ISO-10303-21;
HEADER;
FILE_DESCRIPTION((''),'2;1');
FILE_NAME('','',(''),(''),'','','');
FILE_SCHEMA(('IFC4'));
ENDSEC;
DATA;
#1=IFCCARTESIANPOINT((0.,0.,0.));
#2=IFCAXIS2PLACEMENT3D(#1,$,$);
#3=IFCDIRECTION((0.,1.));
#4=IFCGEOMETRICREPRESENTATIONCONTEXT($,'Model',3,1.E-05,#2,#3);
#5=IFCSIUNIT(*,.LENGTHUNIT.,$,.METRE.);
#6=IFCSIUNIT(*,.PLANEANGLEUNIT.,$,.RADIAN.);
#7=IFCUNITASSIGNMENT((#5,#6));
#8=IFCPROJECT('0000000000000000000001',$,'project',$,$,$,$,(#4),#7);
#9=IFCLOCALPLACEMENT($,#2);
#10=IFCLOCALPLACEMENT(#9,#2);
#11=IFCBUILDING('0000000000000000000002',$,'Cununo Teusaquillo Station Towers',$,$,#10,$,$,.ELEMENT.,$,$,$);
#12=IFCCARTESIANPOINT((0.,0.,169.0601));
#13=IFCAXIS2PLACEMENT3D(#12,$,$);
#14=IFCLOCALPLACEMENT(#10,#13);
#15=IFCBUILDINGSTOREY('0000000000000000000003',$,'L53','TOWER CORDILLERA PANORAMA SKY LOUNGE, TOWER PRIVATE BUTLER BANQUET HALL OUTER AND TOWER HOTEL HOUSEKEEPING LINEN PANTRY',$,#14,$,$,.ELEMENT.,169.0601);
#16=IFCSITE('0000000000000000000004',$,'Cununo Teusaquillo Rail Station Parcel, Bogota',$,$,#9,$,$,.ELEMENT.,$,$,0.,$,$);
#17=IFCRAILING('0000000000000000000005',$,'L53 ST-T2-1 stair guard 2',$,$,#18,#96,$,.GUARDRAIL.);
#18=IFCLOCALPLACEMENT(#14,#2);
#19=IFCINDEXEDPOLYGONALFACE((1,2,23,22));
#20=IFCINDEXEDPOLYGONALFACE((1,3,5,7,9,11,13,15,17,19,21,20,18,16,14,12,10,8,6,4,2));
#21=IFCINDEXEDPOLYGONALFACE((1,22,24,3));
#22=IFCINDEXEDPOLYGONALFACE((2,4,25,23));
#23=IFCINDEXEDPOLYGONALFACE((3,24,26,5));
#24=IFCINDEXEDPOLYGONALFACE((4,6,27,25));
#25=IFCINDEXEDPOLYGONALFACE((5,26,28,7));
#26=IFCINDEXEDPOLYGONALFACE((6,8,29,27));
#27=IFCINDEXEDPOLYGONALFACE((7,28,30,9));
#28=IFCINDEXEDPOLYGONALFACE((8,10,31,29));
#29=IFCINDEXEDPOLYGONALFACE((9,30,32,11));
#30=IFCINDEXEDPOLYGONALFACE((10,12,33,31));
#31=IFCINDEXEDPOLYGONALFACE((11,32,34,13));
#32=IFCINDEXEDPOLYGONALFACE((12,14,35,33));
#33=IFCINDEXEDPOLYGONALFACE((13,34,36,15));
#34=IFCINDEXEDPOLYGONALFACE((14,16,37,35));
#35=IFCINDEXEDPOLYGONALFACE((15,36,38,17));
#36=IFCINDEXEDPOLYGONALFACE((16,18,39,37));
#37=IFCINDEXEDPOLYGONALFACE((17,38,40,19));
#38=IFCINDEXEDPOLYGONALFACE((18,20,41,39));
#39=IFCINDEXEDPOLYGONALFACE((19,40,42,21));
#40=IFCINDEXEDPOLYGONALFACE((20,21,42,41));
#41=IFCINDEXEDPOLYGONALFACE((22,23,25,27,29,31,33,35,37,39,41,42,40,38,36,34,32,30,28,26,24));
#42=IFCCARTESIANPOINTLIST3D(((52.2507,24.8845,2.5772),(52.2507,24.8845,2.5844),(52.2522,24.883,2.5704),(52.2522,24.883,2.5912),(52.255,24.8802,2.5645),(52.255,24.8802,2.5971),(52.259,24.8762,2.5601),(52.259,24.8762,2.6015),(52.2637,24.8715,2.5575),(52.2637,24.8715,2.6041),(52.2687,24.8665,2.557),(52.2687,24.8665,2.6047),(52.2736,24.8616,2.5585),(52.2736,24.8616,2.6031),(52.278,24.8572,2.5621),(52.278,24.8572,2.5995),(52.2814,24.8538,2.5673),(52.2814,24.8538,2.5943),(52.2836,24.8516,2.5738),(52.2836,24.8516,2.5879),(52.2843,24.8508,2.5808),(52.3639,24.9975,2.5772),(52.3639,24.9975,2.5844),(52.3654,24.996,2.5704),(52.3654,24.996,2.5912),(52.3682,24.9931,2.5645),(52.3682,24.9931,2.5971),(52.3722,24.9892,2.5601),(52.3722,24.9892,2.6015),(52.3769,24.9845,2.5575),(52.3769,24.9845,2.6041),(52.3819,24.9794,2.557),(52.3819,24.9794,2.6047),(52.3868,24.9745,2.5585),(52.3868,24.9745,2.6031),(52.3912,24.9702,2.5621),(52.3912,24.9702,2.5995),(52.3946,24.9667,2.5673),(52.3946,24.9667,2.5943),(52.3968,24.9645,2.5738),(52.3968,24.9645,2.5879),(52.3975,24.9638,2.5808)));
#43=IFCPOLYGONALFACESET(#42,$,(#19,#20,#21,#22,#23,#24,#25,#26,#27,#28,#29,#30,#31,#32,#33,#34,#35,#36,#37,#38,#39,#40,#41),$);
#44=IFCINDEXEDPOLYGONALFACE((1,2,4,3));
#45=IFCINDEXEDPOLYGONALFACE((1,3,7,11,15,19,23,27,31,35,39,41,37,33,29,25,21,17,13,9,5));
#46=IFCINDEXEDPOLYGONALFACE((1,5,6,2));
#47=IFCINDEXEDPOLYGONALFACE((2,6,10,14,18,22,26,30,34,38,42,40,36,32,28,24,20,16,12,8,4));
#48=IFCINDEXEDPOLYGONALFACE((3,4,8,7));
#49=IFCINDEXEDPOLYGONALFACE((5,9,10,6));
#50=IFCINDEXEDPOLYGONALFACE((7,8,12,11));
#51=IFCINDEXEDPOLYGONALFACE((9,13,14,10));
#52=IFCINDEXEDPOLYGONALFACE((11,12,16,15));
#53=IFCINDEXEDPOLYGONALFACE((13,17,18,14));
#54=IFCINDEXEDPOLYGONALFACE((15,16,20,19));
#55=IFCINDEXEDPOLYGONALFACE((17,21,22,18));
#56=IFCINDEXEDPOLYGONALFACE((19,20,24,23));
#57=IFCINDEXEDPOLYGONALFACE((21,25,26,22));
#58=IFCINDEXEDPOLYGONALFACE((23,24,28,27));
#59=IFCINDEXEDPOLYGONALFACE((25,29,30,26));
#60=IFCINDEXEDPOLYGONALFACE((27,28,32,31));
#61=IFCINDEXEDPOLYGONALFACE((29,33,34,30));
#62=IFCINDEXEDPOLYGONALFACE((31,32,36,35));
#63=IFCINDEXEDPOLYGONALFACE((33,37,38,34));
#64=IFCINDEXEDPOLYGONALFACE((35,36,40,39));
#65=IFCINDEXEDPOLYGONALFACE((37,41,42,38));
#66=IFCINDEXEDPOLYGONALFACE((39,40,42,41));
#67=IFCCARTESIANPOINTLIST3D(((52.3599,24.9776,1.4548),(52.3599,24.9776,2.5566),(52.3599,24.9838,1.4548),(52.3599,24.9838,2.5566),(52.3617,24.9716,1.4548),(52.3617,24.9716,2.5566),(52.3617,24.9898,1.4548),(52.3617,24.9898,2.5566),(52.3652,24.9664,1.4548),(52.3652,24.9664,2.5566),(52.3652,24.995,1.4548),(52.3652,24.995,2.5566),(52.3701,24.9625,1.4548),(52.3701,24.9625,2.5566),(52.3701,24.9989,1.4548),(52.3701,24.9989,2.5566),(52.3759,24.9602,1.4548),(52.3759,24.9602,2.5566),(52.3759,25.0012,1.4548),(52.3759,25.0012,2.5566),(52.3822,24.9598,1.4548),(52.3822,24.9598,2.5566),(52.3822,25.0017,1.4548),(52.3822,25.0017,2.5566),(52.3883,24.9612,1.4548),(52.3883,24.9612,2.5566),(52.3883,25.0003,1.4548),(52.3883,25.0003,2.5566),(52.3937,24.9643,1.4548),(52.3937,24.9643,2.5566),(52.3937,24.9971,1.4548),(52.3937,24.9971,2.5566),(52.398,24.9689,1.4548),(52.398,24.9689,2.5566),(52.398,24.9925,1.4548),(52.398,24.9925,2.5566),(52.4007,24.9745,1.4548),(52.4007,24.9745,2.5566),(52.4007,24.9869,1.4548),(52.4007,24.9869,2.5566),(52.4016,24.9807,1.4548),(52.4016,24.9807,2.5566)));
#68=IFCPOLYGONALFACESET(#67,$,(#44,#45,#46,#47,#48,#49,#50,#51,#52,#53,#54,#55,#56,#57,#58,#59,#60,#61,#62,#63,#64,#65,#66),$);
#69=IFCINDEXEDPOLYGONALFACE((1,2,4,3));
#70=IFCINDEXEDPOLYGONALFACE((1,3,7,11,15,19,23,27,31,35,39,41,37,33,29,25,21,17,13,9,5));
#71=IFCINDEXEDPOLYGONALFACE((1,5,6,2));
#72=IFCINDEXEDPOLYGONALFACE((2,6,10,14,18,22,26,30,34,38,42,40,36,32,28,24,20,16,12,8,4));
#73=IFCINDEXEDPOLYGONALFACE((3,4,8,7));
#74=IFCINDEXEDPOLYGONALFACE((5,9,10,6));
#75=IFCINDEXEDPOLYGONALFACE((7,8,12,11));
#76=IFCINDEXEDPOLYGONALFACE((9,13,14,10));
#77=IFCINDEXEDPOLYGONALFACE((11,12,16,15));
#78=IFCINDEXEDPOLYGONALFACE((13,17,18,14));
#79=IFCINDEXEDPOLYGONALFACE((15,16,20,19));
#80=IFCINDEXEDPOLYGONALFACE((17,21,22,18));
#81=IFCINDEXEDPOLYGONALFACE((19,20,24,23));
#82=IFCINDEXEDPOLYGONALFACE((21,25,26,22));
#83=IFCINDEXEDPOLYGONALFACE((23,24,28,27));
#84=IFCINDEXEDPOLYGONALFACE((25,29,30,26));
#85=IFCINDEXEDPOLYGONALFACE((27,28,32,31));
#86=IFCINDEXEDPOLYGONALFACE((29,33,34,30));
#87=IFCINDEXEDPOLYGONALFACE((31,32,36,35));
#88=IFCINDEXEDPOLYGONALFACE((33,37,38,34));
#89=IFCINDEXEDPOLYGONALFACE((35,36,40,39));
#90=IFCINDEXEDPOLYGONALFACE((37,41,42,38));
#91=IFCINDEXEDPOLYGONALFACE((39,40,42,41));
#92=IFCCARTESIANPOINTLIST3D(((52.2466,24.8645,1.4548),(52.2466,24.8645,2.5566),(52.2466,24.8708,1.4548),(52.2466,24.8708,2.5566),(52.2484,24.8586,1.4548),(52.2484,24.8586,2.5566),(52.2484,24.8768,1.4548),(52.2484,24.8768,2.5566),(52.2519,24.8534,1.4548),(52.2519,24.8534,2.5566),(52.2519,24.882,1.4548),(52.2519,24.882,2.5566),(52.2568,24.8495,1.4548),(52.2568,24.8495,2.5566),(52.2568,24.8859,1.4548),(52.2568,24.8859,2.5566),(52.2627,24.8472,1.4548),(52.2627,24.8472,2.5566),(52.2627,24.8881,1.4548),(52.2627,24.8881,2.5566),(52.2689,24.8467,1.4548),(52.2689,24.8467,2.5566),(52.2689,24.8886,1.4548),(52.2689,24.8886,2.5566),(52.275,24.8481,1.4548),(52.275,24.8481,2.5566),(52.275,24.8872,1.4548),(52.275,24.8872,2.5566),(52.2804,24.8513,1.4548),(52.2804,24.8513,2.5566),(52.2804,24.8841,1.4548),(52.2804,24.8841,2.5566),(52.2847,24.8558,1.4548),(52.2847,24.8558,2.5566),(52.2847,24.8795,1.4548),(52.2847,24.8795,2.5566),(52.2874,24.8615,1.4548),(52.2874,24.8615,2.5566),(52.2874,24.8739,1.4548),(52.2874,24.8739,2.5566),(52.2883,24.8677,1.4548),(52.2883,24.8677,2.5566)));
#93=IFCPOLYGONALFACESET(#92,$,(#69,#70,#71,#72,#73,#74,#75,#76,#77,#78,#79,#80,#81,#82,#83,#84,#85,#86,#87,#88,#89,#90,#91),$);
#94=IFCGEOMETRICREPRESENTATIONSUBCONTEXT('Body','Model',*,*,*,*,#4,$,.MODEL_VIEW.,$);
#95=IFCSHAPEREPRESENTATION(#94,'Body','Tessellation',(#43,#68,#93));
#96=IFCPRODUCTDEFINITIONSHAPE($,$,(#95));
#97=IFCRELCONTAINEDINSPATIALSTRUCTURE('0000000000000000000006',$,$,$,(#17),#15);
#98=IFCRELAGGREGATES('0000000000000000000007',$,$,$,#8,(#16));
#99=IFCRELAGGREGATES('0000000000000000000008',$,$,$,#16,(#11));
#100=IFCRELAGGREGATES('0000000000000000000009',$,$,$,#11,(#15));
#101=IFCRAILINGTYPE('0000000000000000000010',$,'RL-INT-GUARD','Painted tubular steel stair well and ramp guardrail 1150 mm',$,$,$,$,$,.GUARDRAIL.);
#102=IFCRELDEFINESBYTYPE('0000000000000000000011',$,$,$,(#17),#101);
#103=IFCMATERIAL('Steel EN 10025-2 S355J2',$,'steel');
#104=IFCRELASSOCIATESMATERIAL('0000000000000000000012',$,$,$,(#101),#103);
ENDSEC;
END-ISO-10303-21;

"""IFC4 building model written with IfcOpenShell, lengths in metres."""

from ifc_helpers import new_model, si_unit, direction, frame, origin, origin_2d, place, context, subcontext, project, spatial, circle, extrude, material, type_object, element, save


model = new_model("IFC4")

# Units and contexts
model_context = context("Model", 3, precision=1e-05, world=origin(), true_north=direction((0.0, 1.0)))
body_context = subcontext(model_context, "Body", "Model", "MODEL_VIEW")
ifc_project = project(units=[si_unit("LENGTHUNIT", "METRE"), si_unit("PLANEANGLEUNIT", "RADIAN")], contexts=[model_context])

# Site, building, storey
site_placement = place(None, origin())
site = spatial("IfcSite", under=ifc_project, at=site_placement, Name="Cununo Teusaquillo Rail Station Parcel, Bogota", CompositionType="ELEMENT", RefElevation=0.0)
building_placement = place(site_placement, origin())
building = spatial("IfcBuilding", under=site, at=building_placement, Name="Cununo Teusaquillo Station Towers", CompositionType="ELEMENT")
storey_placement = place(building_placement, frame((0.0, 0.0, 169.0601)))
storey = spatial("IfcBuildingStorey", under=building, at=storey_placement, Name="L53", Description="TOWER CORDILLERA PANORAMA SKY LOUNGE, TOWER PRIVATE BUTLER BANQUET HALL OUTER AND TOWER HOTEL HOUSEKEEPING LINEN PANTRY", CompositionType="ELEMENT", Elevation=169.0601)

# Railing
ifc_material_1 = material(Name="Steel EN 10025-2 S355J2", Category="steel")
railing_type_1 = type_object("IfcRailingType", Name="RL-INT-GUARD", Description="Painted tubular steel stair well and ramp guardrail 1150 mm", PredefinedType="GUARDRAIL", material=ifc_material_1)
railing_1_placement = place(storey_placement, frame((52.3806, 24.9807, 1.4548)))
element("IfcRailing", 1, at=railing_1_placement, inside=storey, type_object=railing_type_1, Name="L53 ST-T2-1 stair guard 2", PredefinedType="GUARDRAIL", context=body_context, shape_type="SweptSolid", body=[
    extrude(circle(Radius=0.0239, at=origin_2d()), frame((0.0, 0.0, 1.126), z_axis=(-0.707869, -0.706344, 0.0), x_axis=(0.706344, -0.707869, 0.0)), (0.0, 0.0, 1.0), 0.1599),
    extrude(circle(Radius=0.021, at=origin_2d()), origin(), (0.0, 0.0, 1.0), 1.1018),
    extrude(circle(Radius=0.021, at=origin_2d()), frame((-0.1133, -0.113, 0.0)), (0.0, 0.0, 1.0), 1.1018),
])

save(model, "model.ifc")
